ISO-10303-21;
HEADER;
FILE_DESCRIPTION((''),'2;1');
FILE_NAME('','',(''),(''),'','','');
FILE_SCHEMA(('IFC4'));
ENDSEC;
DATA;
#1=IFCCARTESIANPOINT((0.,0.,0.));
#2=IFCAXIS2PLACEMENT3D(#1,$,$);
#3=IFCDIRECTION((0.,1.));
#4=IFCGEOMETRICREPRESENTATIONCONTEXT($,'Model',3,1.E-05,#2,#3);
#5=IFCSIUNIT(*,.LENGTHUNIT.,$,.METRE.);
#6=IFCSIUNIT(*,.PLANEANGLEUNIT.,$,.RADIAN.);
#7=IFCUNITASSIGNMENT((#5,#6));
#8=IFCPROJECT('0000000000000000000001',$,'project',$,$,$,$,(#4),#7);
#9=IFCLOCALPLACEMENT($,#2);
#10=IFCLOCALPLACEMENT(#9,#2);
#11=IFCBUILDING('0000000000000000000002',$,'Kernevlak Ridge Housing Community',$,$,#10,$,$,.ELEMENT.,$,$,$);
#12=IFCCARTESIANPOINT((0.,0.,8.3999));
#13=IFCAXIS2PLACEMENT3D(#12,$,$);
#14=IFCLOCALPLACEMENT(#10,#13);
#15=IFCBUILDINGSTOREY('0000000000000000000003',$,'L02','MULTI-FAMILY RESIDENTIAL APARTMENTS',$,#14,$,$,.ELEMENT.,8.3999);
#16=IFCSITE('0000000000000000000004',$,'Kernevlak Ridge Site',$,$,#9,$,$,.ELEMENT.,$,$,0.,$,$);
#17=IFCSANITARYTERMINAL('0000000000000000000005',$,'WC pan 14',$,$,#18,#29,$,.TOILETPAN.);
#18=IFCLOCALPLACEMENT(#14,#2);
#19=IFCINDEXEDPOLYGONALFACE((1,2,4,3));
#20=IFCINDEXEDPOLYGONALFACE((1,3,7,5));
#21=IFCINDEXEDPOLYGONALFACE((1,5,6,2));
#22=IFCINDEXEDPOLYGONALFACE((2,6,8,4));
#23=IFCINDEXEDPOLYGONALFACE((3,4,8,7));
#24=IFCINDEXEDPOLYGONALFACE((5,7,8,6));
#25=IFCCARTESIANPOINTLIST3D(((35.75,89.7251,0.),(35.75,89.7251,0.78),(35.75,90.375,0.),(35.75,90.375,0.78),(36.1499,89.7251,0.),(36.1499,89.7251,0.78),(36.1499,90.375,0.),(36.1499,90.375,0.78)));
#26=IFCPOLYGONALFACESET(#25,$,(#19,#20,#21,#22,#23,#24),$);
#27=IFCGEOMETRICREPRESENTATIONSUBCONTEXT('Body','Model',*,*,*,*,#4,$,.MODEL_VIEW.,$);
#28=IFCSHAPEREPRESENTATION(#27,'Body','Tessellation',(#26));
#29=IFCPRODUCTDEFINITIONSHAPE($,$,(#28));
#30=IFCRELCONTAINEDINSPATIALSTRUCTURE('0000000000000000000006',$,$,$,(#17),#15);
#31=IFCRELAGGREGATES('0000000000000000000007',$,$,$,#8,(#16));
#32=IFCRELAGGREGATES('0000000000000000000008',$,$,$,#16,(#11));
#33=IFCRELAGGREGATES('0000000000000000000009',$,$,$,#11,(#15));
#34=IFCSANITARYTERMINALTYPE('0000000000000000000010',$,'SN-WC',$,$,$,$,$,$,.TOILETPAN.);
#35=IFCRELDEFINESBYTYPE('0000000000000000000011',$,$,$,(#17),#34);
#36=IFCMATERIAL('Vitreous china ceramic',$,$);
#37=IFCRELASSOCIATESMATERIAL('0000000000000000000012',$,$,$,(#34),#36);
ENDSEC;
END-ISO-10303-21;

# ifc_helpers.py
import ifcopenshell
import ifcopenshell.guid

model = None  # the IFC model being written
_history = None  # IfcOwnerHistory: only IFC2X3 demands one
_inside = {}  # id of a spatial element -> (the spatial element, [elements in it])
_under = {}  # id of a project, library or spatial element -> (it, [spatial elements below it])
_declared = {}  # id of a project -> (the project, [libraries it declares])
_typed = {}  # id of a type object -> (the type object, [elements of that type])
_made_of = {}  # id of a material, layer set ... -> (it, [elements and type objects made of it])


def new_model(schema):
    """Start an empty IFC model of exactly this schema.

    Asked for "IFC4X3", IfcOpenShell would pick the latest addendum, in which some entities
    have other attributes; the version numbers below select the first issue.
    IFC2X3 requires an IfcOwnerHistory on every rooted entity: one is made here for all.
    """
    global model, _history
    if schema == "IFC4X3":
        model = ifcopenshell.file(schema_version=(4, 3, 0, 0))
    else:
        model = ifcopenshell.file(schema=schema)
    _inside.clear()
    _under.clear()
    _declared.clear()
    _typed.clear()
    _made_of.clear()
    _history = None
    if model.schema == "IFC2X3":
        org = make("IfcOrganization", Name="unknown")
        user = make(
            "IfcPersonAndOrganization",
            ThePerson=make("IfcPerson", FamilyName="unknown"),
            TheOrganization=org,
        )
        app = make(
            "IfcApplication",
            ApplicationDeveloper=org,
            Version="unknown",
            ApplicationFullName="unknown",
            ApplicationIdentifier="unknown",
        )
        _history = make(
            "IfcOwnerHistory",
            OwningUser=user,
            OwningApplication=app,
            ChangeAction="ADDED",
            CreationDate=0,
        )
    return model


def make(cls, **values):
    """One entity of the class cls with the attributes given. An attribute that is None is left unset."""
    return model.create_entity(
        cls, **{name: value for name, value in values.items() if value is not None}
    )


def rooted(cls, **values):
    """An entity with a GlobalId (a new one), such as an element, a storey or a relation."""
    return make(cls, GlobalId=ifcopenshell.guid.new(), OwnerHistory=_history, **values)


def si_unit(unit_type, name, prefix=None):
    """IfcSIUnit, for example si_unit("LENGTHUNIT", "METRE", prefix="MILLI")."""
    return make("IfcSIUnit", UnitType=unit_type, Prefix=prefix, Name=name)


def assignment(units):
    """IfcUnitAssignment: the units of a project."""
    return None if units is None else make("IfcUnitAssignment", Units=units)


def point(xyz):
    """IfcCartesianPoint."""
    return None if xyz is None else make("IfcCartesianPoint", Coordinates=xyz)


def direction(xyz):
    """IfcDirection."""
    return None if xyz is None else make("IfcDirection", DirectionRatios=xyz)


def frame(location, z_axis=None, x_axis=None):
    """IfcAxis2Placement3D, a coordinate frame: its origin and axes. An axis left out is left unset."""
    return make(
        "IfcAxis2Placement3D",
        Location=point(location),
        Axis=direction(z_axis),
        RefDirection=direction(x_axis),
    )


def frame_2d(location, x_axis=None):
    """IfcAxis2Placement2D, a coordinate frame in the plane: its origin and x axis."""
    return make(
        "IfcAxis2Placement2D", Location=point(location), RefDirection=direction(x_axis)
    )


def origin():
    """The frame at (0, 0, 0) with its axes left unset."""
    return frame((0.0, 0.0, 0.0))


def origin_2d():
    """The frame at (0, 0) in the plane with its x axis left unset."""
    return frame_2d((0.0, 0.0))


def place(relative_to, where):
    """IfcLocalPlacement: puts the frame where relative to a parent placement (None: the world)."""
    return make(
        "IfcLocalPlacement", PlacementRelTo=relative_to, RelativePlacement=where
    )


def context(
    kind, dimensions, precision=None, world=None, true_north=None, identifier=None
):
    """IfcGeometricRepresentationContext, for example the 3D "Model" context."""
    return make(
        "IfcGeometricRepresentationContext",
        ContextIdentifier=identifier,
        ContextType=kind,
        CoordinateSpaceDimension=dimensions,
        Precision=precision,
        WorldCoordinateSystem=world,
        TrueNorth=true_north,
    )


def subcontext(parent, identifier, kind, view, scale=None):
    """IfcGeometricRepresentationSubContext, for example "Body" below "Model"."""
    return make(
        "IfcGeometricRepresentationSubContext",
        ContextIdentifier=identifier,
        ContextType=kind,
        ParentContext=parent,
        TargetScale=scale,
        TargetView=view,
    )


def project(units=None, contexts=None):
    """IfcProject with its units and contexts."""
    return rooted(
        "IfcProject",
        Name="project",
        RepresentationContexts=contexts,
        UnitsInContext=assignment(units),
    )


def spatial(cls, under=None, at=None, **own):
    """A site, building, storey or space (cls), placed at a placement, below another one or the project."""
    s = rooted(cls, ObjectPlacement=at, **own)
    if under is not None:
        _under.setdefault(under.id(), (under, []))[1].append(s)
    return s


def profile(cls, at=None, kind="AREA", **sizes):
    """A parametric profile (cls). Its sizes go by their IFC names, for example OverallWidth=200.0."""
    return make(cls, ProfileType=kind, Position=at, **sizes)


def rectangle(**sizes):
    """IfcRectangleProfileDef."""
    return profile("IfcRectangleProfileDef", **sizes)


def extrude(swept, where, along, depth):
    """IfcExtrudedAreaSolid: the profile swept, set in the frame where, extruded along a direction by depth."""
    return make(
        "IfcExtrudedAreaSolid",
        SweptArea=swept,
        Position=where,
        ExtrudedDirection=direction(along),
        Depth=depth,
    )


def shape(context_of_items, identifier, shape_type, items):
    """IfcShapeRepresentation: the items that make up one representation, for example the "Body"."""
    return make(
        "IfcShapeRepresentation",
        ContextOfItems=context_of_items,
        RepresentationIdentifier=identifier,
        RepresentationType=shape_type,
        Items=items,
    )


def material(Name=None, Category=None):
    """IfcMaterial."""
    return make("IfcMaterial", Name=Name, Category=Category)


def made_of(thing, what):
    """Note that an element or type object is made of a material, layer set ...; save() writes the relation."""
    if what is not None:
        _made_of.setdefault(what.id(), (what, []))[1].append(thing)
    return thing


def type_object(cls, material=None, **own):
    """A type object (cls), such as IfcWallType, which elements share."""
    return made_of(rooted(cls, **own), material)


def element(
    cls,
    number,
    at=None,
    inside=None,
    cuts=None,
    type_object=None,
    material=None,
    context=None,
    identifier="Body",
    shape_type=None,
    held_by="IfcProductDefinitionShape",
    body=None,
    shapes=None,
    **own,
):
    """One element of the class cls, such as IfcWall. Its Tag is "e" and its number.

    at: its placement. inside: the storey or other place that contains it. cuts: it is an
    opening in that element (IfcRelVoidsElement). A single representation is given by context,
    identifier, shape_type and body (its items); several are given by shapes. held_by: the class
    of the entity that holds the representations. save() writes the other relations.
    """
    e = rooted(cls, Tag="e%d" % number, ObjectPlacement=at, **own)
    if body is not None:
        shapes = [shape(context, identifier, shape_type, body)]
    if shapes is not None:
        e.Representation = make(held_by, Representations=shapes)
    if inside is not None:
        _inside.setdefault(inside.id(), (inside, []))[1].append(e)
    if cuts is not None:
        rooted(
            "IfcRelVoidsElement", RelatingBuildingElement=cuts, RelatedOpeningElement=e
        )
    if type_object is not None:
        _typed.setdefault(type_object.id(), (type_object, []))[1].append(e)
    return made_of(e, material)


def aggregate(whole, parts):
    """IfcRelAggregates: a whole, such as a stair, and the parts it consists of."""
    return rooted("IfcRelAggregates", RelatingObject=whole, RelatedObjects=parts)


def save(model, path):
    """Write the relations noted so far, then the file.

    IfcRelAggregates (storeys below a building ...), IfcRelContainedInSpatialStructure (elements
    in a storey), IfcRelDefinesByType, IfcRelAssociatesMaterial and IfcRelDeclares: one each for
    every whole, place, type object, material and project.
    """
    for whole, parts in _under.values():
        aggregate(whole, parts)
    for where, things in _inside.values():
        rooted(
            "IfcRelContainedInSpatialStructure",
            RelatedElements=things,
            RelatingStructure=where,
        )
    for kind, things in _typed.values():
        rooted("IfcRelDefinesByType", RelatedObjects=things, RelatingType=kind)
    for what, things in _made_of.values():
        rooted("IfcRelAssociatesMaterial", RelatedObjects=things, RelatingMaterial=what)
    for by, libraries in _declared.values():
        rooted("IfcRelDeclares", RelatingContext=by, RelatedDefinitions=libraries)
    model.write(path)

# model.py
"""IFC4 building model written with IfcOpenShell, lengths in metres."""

from ifc_helpers import new_model, si_unit, direction, frame, origin, origin_2d, place, context, subcontext, project, spatial, rectangle, extrude, material, type_object, element, save


model = new_model("IFC4")

# Units and contexts
model_context = context("Model", 3, precision=1e-05, world=origin(), true_north=direction((0.0, 1.0)))
body_context = subcontext(model_context, "Body", "Model", "MODEL_VIEW")
ifc_project = project(units=[si_unit("LENGTHUNIT", "METRE"), si_unit("PLANEANGLEUNIT", "RADIAN")], contexts=[model_context])

# Site, building, storey
site_placement = place(None, origin())
site = spatial("IfcSite", under=ifc_project, at=site_placement, Name="Kernevlak Ridge Site", CompositionType="ELEMENT", RefElevation=0.0)
building_placement = place(site_placement, origin())
building = spatial("IfcBuilding", under=site, at=building_placement, Name="Kernevlak Ridge Housing Community", CompositionType="ELEMENT")
storey_placement = place(building_placement, frame((0.0, 0.0, 8.3999)))
storey = spatial("IfcBuildingStorey", under=building, at=storey_placement, Name="L02", Description="MULTI-FAMILY RESIDENTIAL APARTMENTS", CompositionType="ELEMENT", Elevation=8.3999)

# Sanitary terminal
ifc_material_1 = material(Name="Vitreous china ceramic")
sanitary_terminal_type_1 = type_object("IfcSanitaryTerminalType", Name="SN-WC", PredefinedType="TOILETPAN", material=ifc_material_1)
sanitary_terminal_1_placement = place(storey_placement, frame((35.95, 90.05, 0.0), z_axis=(0.0, 0.0, 1.0), x_axis=(1.0, 0.0, 0.0)))
element("IfcSanitaryTerminal", 1, at=sanitary_terminal_1_placement, inside=storey, type_object=sanitary_terminal_type_1, Name="WC pan 14", PredefinedType="TOILETPAN", context=body_context, shape_type="SweptSolid", body=[
    extrude(rectangle(XDim=0.3999, YDim=0.6499, at=origin_2d()), origin(), (0.0, 0.0, 1.0), 0.78),
])

save(model, "model.ifc")
